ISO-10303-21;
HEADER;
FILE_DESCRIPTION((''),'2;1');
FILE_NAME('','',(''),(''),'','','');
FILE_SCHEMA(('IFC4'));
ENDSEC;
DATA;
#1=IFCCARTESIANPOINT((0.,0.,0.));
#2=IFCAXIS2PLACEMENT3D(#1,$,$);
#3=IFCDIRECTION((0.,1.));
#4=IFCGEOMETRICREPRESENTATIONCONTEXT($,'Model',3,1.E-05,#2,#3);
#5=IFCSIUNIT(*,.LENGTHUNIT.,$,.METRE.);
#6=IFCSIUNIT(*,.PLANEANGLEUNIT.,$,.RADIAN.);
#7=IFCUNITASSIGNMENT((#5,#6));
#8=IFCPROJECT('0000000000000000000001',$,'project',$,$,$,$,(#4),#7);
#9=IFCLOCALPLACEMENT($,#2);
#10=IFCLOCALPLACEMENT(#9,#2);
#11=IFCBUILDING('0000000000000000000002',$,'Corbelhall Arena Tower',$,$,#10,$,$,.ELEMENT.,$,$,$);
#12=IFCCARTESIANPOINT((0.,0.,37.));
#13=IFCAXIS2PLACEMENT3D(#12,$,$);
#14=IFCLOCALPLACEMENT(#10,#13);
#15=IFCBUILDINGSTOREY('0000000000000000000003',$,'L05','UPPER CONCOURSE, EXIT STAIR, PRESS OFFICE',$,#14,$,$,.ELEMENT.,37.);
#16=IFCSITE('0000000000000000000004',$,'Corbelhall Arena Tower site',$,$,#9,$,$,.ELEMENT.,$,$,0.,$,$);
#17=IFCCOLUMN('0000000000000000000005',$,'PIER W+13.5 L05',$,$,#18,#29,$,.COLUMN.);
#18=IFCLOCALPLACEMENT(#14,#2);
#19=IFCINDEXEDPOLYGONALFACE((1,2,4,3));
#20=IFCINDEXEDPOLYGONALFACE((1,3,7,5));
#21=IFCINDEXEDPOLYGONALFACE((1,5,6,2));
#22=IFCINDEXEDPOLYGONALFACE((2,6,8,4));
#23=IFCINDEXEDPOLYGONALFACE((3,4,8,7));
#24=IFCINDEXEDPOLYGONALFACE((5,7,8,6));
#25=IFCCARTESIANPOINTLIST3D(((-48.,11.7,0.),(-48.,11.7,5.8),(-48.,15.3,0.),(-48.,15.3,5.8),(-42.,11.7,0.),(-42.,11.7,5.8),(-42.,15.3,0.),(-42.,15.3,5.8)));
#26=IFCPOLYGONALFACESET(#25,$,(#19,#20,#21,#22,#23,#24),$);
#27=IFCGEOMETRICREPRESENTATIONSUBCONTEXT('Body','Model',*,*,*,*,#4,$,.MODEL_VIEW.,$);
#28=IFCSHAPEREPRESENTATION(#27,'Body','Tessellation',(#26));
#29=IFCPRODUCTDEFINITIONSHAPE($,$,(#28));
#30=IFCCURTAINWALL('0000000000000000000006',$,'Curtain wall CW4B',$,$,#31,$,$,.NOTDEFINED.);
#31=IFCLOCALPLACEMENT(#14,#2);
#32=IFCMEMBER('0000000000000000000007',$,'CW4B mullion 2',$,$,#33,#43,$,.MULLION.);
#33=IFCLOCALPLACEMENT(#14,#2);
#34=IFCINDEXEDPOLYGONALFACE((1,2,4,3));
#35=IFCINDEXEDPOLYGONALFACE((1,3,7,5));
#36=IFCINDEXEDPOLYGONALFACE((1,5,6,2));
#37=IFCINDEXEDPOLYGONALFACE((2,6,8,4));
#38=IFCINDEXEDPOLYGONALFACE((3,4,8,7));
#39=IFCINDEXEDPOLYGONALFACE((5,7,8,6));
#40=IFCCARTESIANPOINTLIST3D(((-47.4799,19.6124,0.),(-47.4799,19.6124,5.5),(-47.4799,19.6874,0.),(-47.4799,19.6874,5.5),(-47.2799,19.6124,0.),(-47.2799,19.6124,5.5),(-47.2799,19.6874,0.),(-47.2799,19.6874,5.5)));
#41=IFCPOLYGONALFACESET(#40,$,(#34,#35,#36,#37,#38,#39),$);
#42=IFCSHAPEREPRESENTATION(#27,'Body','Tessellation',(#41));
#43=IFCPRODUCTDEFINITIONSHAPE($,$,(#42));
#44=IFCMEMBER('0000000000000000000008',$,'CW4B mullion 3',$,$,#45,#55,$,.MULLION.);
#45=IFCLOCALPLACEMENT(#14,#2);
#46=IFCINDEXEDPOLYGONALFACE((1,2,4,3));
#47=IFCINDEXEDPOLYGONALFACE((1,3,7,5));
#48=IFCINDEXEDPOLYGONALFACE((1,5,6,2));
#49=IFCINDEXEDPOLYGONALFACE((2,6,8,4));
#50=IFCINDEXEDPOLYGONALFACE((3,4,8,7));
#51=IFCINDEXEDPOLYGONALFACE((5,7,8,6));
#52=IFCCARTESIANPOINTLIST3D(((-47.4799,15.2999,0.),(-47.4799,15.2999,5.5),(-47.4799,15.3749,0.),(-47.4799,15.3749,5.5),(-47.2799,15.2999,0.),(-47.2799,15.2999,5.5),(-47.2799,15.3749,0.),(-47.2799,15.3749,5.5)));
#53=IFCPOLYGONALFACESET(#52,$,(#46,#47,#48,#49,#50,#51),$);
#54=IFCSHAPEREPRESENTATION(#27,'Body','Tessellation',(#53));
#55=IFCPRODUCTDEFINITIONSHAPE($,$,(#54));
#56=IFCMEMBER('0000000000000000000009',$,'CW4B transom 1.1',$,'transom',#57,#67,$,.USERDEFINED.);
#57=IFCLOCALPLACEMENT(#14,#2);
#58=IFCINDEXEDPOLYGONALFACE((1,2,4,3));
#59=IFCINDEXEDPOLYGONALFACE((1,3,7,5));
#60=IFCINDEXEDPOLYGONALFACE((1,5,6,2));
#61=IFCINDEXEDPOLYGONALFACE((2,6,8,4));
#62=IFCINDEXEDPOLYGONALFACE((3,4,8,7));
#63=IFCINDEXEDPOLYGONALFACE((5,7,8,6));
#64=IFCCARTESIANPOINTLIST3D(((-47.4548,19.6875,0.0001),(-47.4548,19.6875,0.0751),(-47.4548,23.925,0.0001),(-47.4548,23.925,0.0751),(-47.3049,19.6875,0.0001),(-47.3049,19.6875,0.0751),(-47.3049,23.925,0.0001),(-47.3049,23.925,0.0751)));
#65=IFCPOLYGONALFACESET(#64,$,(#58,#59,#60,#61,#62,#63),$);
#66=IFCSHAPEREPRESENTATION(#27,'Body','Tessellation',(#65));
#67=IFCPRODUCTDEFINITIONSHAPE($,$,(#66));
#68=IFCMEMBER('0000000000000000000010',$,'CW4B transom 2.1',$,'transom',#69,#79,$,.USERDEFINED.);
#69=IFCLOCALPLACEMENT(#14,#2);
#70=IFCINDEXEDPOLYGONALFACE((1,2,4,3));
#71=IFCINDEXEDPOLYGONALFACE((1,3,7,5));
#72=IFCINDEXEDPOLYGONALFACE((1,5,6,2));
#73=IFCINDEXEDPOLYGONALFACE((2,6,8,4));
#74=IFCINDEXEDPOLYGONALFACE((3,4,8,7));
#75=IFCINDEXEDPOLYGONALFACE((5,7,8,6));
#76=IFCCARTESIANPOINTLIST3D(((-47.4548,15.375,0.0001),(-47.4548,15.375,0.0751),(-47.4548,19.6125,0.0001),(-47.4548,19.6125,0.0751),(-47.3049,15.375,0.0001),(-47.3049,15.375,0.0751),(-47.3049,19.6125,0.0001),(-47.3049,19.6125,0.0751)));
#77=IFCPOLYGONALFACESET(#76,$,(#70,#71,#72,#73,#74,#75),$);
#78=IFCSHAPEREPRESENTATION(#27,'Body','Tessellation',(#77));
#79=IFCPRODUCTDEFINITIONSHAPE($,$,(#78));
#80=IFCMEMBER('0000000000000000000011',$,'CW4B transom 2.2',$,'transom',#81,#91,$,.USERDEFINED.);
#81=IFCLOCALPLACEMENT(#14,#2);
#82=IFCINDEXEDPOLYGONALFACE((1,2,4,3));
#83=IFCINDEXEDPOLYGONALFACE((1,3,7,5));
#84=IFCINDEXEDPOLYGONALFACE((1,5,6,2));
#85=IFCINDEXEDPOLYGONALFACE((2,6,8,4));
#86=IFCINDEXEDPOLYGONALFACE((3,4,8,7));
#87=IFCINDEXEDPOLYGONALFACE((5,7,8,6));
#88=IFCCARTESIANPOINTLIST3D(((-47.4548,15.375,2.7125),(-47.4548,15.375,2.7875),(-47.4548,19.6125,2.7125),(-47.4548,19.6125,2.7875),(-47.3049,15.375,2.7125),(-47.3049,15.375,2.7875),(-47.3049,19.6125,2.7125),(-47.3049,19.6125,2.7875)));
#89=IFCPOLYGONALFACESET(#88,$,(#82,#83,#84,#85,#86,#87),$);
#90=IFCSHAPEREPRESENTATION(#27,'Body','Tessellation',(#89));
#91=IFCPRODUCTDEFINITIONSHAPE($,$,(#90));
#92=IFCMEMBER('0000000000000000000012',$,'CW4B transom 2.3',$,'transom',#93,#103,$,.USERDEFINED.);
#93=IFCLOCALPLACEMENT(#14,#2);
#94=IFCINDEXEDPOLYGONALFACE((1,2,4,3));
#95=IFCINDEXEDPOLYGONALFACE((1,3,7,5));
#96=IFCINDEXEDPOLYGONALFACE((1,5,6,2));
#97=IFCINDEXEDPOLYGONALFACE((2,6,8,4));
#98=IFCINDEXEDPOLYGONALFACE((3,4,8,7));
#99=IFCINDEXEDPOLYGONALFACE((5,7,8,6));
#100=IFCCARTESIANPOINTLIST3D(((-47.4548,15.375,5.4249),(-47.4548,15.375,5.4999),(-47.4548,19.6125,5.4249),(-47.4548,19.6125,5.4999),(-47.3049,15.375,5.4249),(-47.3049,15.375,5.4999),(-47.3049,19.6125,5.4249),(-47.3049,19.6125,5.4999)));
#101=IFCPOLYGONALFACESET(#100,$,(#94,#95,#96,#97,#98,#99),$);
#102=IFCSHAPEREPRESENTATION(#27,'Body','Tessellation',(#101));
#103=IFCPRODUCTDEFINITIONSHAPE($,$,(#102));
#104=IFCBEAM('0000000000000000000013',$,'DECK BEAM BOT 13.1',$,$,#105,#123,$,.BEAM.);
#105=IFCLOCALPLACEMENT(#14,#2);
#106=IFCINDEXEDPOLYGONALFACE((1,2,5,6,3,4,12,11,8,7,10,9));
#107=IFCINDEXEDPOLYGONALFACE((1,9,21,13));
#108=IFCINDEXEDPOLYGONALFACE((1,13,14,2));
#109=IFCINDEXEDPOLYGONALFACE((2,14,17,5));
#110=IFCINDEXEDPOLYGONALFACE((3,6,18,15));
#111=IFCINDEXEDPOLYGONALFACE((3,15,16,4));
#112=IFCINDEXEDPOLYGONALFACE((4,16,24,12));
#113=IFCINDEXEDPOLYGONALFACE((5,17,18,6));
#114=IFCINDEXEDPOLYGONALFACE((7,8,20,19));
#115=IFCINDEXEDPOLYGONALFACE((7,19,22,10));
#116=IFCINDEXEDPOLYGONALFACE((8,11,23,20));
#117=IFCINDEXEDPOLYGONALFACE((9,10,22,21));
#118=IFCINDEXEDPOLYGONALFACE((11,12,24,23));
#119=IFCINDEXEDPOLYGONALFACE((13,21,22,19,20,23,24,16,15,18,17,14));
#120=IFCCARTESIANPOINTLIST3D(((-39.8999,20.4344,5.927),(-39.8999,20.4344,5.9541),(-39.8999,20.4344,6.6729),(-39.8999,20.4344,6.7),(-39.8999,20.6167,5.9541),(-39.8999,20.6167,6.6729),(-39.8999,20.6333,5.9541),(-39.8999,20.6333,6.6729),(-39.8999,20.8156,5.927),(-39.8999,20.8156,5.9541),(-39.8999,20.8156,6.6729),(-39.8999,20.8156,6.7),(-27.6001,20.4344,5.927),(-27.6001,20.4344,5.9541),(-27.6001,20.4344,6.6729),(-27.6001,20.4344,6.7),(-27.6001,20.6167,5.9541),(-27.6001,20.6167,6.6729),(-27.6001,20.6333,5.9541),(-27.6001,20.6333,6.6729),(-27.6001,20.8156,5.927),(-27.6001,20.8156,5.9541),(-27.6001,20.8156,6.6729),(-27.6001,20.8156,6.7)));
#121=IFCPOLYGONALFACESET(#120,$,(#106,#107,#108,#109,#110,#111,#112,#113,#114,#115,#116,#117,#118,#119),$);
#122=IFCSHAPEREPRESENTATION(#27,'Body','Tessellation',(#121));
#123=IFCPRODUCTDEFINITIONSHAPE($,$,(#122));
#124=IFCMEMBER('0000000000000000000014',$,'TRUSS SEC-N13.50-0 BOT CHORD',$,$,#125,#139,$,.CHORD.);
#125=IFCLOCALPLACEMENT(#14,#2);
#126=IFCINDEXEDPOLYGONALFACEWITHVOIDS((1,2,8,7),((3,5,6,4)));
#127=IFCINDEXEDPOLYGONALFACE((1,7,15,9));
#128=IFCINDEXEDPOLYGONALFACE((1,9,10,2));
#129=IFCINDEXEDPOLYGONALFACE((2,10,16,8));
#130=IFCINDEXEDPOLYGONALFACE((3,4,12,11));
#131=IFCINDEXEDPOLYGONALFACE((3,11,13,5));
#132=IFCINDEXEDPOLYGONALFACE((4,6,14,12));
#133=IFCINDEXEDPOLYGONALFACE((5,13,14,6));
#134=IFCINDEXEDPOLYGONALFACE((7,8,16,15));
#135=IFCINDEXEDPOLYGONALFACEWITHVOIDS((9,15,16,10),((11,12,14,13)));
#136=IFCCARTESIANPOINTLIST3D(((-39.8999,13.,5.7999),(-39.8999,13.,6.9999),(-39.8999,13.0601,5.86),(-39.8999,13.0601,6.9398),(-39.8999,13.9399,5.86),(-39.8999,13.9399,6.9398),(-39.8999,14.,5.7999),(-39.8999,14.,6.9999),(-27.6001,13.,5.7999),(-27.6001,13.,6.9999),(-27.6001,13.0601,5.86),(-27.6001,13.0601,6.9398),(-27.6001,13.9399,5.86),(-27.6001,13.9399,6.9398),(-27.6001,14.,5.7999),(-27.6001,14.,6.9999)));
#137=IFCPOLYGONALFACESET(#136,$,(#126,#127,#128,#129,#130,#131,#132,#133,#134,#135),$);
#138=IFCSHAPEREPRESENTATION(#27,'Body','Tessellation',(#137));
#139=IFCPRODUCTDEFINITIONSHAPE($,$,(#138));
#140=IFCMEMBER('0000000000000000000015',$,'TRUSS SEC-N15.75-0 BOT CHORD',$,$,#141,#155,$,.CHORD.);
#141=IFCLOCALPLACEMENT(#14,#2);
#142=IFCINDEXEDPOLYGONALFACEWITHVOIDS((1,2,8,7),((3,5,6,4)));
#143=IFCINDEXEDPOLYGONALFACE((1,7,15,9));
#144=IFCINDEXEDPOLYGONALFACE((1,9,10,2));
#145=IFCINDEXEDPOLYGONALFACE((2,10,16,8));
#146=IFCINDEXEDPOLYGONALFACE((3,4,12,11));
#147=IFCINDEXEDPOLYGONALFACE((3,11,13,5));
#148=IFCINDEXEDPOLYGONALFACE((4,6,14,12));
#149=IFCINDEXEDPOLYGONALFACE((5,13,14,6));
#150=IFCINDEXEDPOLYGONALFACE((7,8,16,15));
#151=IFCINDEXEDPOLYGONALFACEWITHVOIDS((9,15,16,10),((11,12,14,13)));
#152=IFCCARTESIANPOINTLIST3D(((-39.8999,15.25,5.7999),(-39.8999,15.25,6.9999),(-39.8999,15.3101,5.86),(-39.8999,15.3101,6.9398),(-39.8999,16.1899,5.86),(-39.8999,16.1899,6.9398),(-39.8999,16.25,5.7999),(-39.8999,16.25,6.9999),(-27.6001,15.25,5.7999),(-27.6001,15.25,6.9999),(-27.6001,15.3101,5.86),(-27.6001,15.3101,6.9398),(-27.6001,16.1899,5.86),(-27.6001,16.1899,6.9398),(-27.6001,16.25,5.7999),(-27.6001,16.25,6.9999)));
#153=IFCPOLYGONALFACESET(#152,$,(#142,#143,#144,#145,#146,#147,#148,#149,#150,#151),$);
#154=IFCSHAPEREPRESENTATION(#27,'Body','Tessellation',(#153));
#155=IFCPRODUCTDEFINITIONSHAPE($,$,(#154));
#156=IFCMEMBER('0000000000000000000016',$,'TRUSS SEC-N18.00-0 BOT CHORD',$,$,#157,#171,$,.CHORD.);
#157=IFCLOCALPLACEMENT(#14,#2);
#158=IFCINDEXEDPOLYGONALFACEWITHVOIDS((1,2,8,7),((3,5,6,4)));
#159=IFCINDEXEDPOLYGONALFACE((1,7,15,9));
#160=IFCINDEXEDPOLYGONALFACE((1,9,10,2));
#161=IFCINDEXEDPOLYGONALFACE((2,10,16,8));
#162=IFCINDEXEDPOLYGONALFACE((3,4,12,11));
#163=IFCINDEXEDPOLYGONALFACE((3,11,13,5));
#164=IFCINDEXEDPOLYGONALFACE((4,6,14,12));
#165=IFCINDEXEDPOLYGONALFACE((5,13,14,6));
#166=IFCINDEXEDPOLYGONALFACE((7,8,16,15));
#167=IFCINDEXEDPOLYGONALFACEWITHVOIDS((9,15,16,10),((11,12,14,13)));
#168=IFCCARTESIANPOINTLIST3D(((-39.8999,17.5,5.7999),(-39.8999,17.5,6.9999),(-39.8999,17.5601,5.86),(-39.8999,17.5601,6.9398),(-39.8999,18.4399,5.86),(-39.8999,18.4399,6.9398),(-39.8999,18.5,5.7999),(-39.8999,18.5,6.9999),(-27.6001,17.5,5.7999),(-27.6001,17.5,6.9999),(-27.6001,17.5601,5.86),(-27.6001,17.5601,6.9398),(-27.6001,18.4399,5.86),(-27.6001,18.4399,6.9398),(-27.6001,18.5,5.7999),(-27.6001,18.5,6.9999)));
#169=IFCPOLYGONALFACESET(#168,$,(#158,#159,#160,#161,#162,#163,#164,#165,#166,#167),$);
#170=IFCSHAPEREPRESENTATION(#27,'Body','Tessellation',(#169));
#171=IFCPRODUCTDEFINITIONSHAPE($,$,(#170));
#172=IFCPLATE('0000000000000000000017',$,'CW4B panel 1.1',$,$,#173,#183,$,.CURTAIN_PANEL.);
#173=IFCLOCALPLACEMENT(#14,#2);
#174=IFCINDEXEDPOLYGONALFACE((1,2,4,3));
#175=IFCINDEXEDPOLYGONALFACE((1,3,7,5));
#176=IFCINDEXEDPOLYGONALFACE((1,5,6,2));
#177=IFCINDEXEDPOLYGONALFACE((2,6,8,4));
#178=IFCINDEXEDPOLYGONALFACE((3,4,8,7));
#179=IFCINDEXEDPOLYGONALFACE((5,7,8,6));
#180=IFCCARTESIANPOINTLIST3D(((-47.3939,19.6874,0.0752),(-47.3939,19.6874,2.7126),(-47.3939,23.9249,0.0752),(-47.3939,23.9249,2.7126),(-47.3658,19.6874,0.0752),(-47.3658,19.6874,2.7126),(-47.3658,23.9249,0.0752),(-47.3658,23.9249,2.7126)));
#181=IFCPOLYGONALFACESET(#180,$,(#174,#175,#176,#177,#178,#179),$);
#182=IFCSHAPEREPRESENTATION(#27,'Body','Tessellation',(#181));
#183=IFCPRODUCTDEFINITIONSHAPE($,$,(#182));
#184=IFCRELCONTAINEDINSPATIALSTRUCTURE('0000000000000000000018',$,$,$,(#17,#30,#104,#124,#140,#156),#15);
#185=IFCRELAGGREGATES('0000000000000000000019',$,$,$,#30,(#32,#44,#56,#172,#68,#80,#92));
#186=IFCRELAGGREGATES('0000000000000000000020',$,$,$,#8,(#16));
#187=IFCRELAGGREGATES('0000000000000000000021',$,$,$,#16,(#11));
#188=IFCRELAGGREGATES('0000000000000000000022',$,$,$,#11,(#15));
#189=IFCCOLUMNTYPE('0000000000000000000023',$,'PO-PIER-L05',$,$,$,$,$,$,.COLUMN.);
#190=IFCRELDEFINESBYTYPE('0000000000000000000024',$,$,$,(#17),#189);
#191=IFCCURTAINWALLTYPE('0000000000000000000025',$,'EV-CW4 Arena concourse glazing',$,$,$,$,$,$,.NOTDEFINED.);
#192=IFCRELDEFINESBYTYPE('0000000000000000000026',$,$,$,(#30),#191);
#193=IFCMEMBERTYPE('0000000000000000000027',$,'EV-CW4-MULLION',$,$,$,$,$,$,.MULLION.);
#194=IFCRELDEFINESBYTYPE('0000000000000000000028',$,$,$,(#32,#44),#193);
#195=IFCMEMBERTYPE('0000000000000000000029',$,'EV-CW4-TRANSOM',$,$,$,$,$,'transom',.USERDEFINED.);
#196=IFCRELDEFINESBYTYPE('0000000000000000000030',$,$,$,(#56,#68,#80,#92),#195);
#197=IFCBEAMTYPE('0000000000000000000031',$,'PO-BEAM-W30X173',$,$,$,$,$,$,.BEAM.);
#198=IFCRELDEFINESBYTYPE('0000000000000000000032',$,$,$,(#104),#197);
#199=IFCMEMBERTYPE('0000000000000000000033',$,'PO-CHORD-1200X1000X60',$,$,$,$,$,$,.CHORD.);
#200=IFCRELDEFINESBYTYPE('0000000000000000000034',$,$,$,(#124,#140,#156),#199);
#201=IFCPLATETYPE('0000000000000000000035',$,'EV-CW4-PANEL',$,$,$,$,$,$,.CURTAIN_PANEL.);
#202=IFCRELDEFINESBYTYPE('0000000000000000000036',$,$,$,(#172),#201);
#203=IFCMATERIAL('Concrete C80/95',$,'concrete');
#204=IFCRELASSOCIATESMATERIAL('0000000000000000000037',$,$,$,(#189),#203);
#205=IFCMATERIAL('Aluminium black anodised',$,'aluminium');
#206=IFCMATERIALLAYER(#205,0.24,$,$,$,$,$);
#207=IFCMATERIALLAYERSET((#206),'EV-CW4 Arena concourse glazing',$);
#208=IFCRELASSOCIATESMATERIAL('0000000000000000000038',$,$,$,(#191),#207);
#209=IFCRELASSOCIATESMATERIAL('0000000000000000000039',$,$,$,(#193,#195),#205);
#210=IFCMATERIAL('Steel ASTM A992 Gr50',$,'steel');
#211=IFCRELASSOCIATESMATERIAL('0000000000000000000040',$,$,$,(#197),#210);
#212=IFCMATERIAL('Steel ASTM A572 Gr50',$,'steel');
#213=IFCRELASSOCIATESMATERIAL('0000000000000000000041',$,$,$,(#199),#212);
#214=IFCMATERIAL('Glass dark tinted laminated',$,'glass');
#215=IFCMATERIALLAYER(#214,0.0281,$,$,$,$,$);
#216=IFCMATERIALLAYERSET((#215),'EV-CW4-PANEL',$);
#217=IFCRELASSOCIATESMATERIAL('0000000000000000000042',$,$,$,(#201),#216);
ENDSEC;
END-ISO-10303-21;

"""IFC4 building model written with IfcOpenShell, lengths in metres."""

from ifc_helpers import new_model, si_unit, direction, frame, origin, origin_2d, place, context, subcontext, project, spatial, rectangle, hollow_rectangle, i_section, extrude, material, layer, layer_set, material_profile, profile_set, type_object, element, aggregate, save


model = new_model("IFC4")

# Units and contexts
model_context = context("Model", 3, precision=1e-05, world=origin(), true_north=direction((0.0, 1.0)))
body_context = subcontext(model_context, "Body", "Model", "MODEL_VIEW")
ifc_project = project(units=[si_unit("LENGTHUNIT", "METRE"), si_unit("PLANEANGLEUNIT", "RADIAN")], contexts=[model_context])

# Site, building, storey
site_placement = place(None, origin())
site = spatial("IfcSite", under=ifc_project, at=site_placement, Name="Corbelhall Arena Tower site", CompositionType="ELEMENT", RefElevation=0.0)
building_placement = place(site_placement, origin())
building = spatial("IfcBuilding", under=site, at=building_placement, Name="Corbelhall Arena Tower", CompositionType="ELEMENT")
storey_placement = place(building_placement, frame((0.0, 0.0, 37.0)))
storey = spatial("IfcBuildingStorey", under=building, at=storey_placement, Name="L05", Description="UPPER CONCOURSE, EXIT STAIR, PRESS OFFICE", CompositionType="ELEMENT", Elevation=37.0)

# Column
ifc_material_1 = material(Name="Concrete C80/95", Category="concrete")
ifc_material_profile_1 = material_profile(ifc_material_1, rectangle(XDim=3.6001, YDim=6.0, at=origin_2d()))
ifc_profile_set_1 = profile_set([ifc_material_profile_1], Name="Concrete C80/95")
column_type = type_object("IfcColumnType", Name="PO-PIER-L05", PredefinedType="COLUMN", material=ifc_profile_set_1)
column_placement = place(storey_placement, frame((-45.0, 13.5, 0.0), z_axis=(0.0, 0.0, 1.0), x_axis=(0.0, 1.0, 0.0)))
element("IfcColumn", 1, at=column_placement, inside=storey, type_object=column_type, Name="PIER W+13.5 L05", PredefinedType="COLUMN", context=body_context, shape_type="SweptSolid", body=[
    extrude(rectangle(XDim=3.6001, YDim=6.0, at=origin_2d()), origin(), (0.0, 0.0, 1.0), 5.8),
])

# Curtain wall, members
ifc_material_2 = material(Name="Aluminium black anodised", Category="aluminium")
ifc_layer_1 = layer(ifc_material_2, 0.24)
ifc_layer_set_1 = layer_set([ifc_layer_1], Name="EV-CW4 Arena concourse glazing")
curtain_wall_type = type_object("IfcCurtainWallType", Name="EV-CW4 Arena concourse glazing", PredefinedType="NOTDEFINED", material=ifc_layer_set_1)
curtain_wall_placement = place(storey_placement, origin())
curtain_wall = element("IfcCurtainWall", 2, at=curtain_wall_placement, inside=storey, type_object=curtain_wall_type, Name="Curtain wall CW4B", PredefinedType="NOTDEFINED")
ifc_material_profile_2 = material_profile(ifc_material_2, rectangle(XDim=0.2, YDim=0.075, at=origin_2d()))
ifc_profile_set_2 = profile_set([ifc_material_profile_2], Name="Aluminium black anodised")
member_type_1 = type_object("IfcMemberType", Name="EV-CW4-MULLION", PredefinedType="MULLION", material=ifc_profile_set_2)
member_1_placement = place(storey_placement, frame((-47.3799, 19.6499, 0.0), z_axis=(0.0, 0.0, 1.0), x_axis=(1.0, 0.0, 0.0)))
member_1 = element("IfcMember", 3, at=member_1_placement, type_object=member_type_1, Name="CW4B mullion 2", PredefinedType="MULLION", context=body_context, shape_type="SweptSolid", body=[
    extrude(rectangle(XDim=0.2, YDim=0.075, at=origin_2d()), origin(), (0.0, 0.0, 1.0), 5.5),
])
member_2_placement = place(storey_placement, frame((-47.3799, 15.3374, 0.0), z_axis=(0.0, 0.0, 1.0), x_axis=(1.0, 0.0, 0.0)))
member_2 = element("IfcMember", 4, at=member_2_placement, type_object=member_type_1, Name="CW4B mullion 3", PredefinedType="MULLION", context=body_context, shape_type="SweptSolid", body=[
    extrude(rectangle(XDim=0.2, YDim=0.075, at=origin_2d()), origin(), (0.0, 0.0, 1.0), 5.5),
])
ifc_material_profile_3 = material_profile(ifc_material_2, rectangle(XDim=0.1499, YDim=0.075, at=origin_2d()))
ifc_profile_set_3 = profile_set([ifc_material_profile_3], Name="Aluminium black anodised")
member_type_2 = type_object("IfcMemberType", Name="EV-CW4-TRANSOM", ElementType="transom", PredefinedType="USERDEFINED", material=ifc_profile_set_3)
member_3_placement = place(storey_placement, frame((-47.3799, 23.925, 0.0376), z_axis=(0.0, -1.0, 0.0), x_axis=(1.0, 0.0, 0.0)))
member_3 = element("IfcMember", 5, at=member_3_placement, type_object=member_type_2, Name="CW4B transom 1.1", ObjectType="transom", PredefinedType="USERDEFINED", context=body_context, shape_type="SweptSolid", body=[
    extrude(rectangle(XDim=0.1499, YDim=0.075, at=origin_2d()), origin(), (0.0, 0.0, 1.0), 4.2375),
])
member_4_placement = place(storey_placement, frame((-47.3799, 19.6125, 0.0376), z_axis=(0.0, -1.0, 0.0), x_axis=(1.0, 0.0, 0.0)))
member_4 = element("IfcMember", 6, at=member_4_placement, type_object=member_type_2, Name="CW4B transom 2.1", ObjectType="transom", PredefinedType="USERDEFINED", context=body_context, shape_type="SweptSolid", body=[
    extrude(rectangle(XDim=0.1499, YDim=0.075, at=origin_2d()), origin(), (0.0, 0.0, 1.0), 4.2375),
])
member_5_placement = place(storey_placement, frame((-47.3799, 19.6125, 2.75), z_axis=(0.0, -1.0, 0.0), x_axis=(1.0, 0.0, 0.0)))
member_5 = element("IfcMember", 7, at=member_5_placement, type_object=member_type_2, Name="CW4B transom 2.2", ObjectType="transom", PredefinedType="USERDEFINED", context=body_context, shape_type="SweptSolid", body=[
    extrude(rectangle(XDim=0.1499, YDim=0.075, at=origin_2d()), origin(), (0.0, 0.0, 1.0), 4.2375),
])
member_6_placement = place(storey_placement, frame((-47.3799, 19.6125, 5.4624), z_axis=(0.0, -1.0, 0.0), x_axis=(1.0, 0.0, 0.0)))
member_6 = element("IfcMember", 8, at=member_6_placement, type_object=member_type_2, Name="CW4B transom 2.3", ObjectType="transom", PredefinedType="USERDEFINED", context=body_context, shape_type="SweptSolid", body=[
    extrude(rectangle(XDim=0.1499, YDim=0.075, at=origin_2d()), origin(), (0.0, 0.0, 1.0), 4.2375),
])

# Beam
ifc_material_3 = material(Name="Steel ASTM A992 Gr50", Category="steel")
ifc_material_profile_4 = material_profile(ifc_material_3, i_section(OverallWidth=0.3811, OverallDepth=0.7729, WebThickness=0.0166, FlangeThickness=0.0271, at=origin_2d()))
ifc_profile_set_4 = profile_set([ifc_material_profile_4], Name="Steel ASTM A992 Gr50")
beam_type = type_object("IfcBeamType", Name="PO-BEAM-W30X173", PredefinedType="BEAM", material=ifc_profile_set_4)
beam_placement = place(storey_placement, frame((-39.8999, 20.625, 6.3135), z_axis=(1.0, 0.0, 0.0), x_axis=(0.0, 1.0, 0.0)))
element("IfcBeam", 9, at=beam_placement, inside=storey, type_object=beam_type, Name="DECK BEAM BOT 13.1", PredefinedType="BEAM", context=body_context, shape_type="SweptSolid", body=[
    extrude(i_section(OverallWidth=0.3811, OverallDepth=0.7729, WebThickness=0.0166, FlangeThickness=0.0271, at=origin_2d()), origin(), (0.0, 0.0, 1.0), 12.2998),
])

# Members
ifc_material_4 = material(Name="Steel ASTM A572 Gr50", Category="steel")
ifc_material_profile_5 = material_profile(ifc_material_4, hollow_rectangle(XDim=1.0, YDim=1.2, WallThickness=0.0601, at=origin_2d()))
ifc_profile_set_5 = profile_set([ifc_material_profile_5], Name="Steel ASTM A572 Gr50")
member_type_3 = type_object("IfcMemberType", Name="PO-CHORD-1200X1000X60", PredefinedType="CHORD", material=ifc_profile_set_5)
for number, where, z_axis, x_axis, name in (
    (10, (-39.8999, 13.5, 6.3999), (1.0, 0.0, 0.0), (0.0, 1.0, 0.0), "TRUSS SEC-N13.50-0 BOT CHORD"),
    (11, (-39.8999, 15.75, 6.3999), (1.0, 0.0, 0.0), (0.0, 1.0, 0.0), "TRUSS SEC-N15.75-0 BOT CHORD"),
    (12, (-39.8999, 18.0, 6.3999), (1.0, 0.0, 0.0), (0.0, 1.0, 0.0), "TRUSS SEC-N18.00-0 BOT CHORD"),
):
    element("IfcMember", number, at=place(storey_placement, frame(where, z_axis=z_axis, x_axis=x_axis)), inside=storey, type_object=member_type_3, Name=name, PredefinedType="CHORD", context=body_context, shape_type="SweptSolid", body=[
        extrude(hollow_rectangle(XDim=1.0, YDim=1.2, WallThickness=0.0601, at=origin_2d()), origin(), (0.0, 0.0, 1.0), 12.2998),
    ])

# Plate
ifc_material_5 = material(Name="Glass dark tinted laminated", Category="glass")
ifc_layer_2 = layer(ifc_material_5, 0.0281)
ifc_layer_set_2 = layer_set([ifc_layer_2], Name="EV-CW4-PANEL")
plate_type = type_object("IfcPlateType", Name="EV-CW4-PANEL", PredefinedType="CURTAIN_PANEL", material=ifc_layer_set_2)
plate_1_placement = place(storey_placement, frame((-47.3799, 21.8062, 0.0752), z_axis=(0.0, 0.0, 1.0), x_axis=(0.0, -1.0, 0.0)))
plate_1 = element("IfcPlate", 13, at=plate_1_placement, type_object=plate_type, Name="CW4B panel 1.1", PredefinedType="CURTAIN_PANEL", context=body_context, shape_type="SweptSolid", body=[
    extrude(rectangle(XDim=4.2375, YDim=0.0281, at=origin_2d()), origin(), (0.0, 0.0, 1.0), 2.6375),
])
aggregate(curtain_wall, [member_1, member_2, member_3, plate_1, member_4, member_5, member_6])

save(model, "model.ifc")
